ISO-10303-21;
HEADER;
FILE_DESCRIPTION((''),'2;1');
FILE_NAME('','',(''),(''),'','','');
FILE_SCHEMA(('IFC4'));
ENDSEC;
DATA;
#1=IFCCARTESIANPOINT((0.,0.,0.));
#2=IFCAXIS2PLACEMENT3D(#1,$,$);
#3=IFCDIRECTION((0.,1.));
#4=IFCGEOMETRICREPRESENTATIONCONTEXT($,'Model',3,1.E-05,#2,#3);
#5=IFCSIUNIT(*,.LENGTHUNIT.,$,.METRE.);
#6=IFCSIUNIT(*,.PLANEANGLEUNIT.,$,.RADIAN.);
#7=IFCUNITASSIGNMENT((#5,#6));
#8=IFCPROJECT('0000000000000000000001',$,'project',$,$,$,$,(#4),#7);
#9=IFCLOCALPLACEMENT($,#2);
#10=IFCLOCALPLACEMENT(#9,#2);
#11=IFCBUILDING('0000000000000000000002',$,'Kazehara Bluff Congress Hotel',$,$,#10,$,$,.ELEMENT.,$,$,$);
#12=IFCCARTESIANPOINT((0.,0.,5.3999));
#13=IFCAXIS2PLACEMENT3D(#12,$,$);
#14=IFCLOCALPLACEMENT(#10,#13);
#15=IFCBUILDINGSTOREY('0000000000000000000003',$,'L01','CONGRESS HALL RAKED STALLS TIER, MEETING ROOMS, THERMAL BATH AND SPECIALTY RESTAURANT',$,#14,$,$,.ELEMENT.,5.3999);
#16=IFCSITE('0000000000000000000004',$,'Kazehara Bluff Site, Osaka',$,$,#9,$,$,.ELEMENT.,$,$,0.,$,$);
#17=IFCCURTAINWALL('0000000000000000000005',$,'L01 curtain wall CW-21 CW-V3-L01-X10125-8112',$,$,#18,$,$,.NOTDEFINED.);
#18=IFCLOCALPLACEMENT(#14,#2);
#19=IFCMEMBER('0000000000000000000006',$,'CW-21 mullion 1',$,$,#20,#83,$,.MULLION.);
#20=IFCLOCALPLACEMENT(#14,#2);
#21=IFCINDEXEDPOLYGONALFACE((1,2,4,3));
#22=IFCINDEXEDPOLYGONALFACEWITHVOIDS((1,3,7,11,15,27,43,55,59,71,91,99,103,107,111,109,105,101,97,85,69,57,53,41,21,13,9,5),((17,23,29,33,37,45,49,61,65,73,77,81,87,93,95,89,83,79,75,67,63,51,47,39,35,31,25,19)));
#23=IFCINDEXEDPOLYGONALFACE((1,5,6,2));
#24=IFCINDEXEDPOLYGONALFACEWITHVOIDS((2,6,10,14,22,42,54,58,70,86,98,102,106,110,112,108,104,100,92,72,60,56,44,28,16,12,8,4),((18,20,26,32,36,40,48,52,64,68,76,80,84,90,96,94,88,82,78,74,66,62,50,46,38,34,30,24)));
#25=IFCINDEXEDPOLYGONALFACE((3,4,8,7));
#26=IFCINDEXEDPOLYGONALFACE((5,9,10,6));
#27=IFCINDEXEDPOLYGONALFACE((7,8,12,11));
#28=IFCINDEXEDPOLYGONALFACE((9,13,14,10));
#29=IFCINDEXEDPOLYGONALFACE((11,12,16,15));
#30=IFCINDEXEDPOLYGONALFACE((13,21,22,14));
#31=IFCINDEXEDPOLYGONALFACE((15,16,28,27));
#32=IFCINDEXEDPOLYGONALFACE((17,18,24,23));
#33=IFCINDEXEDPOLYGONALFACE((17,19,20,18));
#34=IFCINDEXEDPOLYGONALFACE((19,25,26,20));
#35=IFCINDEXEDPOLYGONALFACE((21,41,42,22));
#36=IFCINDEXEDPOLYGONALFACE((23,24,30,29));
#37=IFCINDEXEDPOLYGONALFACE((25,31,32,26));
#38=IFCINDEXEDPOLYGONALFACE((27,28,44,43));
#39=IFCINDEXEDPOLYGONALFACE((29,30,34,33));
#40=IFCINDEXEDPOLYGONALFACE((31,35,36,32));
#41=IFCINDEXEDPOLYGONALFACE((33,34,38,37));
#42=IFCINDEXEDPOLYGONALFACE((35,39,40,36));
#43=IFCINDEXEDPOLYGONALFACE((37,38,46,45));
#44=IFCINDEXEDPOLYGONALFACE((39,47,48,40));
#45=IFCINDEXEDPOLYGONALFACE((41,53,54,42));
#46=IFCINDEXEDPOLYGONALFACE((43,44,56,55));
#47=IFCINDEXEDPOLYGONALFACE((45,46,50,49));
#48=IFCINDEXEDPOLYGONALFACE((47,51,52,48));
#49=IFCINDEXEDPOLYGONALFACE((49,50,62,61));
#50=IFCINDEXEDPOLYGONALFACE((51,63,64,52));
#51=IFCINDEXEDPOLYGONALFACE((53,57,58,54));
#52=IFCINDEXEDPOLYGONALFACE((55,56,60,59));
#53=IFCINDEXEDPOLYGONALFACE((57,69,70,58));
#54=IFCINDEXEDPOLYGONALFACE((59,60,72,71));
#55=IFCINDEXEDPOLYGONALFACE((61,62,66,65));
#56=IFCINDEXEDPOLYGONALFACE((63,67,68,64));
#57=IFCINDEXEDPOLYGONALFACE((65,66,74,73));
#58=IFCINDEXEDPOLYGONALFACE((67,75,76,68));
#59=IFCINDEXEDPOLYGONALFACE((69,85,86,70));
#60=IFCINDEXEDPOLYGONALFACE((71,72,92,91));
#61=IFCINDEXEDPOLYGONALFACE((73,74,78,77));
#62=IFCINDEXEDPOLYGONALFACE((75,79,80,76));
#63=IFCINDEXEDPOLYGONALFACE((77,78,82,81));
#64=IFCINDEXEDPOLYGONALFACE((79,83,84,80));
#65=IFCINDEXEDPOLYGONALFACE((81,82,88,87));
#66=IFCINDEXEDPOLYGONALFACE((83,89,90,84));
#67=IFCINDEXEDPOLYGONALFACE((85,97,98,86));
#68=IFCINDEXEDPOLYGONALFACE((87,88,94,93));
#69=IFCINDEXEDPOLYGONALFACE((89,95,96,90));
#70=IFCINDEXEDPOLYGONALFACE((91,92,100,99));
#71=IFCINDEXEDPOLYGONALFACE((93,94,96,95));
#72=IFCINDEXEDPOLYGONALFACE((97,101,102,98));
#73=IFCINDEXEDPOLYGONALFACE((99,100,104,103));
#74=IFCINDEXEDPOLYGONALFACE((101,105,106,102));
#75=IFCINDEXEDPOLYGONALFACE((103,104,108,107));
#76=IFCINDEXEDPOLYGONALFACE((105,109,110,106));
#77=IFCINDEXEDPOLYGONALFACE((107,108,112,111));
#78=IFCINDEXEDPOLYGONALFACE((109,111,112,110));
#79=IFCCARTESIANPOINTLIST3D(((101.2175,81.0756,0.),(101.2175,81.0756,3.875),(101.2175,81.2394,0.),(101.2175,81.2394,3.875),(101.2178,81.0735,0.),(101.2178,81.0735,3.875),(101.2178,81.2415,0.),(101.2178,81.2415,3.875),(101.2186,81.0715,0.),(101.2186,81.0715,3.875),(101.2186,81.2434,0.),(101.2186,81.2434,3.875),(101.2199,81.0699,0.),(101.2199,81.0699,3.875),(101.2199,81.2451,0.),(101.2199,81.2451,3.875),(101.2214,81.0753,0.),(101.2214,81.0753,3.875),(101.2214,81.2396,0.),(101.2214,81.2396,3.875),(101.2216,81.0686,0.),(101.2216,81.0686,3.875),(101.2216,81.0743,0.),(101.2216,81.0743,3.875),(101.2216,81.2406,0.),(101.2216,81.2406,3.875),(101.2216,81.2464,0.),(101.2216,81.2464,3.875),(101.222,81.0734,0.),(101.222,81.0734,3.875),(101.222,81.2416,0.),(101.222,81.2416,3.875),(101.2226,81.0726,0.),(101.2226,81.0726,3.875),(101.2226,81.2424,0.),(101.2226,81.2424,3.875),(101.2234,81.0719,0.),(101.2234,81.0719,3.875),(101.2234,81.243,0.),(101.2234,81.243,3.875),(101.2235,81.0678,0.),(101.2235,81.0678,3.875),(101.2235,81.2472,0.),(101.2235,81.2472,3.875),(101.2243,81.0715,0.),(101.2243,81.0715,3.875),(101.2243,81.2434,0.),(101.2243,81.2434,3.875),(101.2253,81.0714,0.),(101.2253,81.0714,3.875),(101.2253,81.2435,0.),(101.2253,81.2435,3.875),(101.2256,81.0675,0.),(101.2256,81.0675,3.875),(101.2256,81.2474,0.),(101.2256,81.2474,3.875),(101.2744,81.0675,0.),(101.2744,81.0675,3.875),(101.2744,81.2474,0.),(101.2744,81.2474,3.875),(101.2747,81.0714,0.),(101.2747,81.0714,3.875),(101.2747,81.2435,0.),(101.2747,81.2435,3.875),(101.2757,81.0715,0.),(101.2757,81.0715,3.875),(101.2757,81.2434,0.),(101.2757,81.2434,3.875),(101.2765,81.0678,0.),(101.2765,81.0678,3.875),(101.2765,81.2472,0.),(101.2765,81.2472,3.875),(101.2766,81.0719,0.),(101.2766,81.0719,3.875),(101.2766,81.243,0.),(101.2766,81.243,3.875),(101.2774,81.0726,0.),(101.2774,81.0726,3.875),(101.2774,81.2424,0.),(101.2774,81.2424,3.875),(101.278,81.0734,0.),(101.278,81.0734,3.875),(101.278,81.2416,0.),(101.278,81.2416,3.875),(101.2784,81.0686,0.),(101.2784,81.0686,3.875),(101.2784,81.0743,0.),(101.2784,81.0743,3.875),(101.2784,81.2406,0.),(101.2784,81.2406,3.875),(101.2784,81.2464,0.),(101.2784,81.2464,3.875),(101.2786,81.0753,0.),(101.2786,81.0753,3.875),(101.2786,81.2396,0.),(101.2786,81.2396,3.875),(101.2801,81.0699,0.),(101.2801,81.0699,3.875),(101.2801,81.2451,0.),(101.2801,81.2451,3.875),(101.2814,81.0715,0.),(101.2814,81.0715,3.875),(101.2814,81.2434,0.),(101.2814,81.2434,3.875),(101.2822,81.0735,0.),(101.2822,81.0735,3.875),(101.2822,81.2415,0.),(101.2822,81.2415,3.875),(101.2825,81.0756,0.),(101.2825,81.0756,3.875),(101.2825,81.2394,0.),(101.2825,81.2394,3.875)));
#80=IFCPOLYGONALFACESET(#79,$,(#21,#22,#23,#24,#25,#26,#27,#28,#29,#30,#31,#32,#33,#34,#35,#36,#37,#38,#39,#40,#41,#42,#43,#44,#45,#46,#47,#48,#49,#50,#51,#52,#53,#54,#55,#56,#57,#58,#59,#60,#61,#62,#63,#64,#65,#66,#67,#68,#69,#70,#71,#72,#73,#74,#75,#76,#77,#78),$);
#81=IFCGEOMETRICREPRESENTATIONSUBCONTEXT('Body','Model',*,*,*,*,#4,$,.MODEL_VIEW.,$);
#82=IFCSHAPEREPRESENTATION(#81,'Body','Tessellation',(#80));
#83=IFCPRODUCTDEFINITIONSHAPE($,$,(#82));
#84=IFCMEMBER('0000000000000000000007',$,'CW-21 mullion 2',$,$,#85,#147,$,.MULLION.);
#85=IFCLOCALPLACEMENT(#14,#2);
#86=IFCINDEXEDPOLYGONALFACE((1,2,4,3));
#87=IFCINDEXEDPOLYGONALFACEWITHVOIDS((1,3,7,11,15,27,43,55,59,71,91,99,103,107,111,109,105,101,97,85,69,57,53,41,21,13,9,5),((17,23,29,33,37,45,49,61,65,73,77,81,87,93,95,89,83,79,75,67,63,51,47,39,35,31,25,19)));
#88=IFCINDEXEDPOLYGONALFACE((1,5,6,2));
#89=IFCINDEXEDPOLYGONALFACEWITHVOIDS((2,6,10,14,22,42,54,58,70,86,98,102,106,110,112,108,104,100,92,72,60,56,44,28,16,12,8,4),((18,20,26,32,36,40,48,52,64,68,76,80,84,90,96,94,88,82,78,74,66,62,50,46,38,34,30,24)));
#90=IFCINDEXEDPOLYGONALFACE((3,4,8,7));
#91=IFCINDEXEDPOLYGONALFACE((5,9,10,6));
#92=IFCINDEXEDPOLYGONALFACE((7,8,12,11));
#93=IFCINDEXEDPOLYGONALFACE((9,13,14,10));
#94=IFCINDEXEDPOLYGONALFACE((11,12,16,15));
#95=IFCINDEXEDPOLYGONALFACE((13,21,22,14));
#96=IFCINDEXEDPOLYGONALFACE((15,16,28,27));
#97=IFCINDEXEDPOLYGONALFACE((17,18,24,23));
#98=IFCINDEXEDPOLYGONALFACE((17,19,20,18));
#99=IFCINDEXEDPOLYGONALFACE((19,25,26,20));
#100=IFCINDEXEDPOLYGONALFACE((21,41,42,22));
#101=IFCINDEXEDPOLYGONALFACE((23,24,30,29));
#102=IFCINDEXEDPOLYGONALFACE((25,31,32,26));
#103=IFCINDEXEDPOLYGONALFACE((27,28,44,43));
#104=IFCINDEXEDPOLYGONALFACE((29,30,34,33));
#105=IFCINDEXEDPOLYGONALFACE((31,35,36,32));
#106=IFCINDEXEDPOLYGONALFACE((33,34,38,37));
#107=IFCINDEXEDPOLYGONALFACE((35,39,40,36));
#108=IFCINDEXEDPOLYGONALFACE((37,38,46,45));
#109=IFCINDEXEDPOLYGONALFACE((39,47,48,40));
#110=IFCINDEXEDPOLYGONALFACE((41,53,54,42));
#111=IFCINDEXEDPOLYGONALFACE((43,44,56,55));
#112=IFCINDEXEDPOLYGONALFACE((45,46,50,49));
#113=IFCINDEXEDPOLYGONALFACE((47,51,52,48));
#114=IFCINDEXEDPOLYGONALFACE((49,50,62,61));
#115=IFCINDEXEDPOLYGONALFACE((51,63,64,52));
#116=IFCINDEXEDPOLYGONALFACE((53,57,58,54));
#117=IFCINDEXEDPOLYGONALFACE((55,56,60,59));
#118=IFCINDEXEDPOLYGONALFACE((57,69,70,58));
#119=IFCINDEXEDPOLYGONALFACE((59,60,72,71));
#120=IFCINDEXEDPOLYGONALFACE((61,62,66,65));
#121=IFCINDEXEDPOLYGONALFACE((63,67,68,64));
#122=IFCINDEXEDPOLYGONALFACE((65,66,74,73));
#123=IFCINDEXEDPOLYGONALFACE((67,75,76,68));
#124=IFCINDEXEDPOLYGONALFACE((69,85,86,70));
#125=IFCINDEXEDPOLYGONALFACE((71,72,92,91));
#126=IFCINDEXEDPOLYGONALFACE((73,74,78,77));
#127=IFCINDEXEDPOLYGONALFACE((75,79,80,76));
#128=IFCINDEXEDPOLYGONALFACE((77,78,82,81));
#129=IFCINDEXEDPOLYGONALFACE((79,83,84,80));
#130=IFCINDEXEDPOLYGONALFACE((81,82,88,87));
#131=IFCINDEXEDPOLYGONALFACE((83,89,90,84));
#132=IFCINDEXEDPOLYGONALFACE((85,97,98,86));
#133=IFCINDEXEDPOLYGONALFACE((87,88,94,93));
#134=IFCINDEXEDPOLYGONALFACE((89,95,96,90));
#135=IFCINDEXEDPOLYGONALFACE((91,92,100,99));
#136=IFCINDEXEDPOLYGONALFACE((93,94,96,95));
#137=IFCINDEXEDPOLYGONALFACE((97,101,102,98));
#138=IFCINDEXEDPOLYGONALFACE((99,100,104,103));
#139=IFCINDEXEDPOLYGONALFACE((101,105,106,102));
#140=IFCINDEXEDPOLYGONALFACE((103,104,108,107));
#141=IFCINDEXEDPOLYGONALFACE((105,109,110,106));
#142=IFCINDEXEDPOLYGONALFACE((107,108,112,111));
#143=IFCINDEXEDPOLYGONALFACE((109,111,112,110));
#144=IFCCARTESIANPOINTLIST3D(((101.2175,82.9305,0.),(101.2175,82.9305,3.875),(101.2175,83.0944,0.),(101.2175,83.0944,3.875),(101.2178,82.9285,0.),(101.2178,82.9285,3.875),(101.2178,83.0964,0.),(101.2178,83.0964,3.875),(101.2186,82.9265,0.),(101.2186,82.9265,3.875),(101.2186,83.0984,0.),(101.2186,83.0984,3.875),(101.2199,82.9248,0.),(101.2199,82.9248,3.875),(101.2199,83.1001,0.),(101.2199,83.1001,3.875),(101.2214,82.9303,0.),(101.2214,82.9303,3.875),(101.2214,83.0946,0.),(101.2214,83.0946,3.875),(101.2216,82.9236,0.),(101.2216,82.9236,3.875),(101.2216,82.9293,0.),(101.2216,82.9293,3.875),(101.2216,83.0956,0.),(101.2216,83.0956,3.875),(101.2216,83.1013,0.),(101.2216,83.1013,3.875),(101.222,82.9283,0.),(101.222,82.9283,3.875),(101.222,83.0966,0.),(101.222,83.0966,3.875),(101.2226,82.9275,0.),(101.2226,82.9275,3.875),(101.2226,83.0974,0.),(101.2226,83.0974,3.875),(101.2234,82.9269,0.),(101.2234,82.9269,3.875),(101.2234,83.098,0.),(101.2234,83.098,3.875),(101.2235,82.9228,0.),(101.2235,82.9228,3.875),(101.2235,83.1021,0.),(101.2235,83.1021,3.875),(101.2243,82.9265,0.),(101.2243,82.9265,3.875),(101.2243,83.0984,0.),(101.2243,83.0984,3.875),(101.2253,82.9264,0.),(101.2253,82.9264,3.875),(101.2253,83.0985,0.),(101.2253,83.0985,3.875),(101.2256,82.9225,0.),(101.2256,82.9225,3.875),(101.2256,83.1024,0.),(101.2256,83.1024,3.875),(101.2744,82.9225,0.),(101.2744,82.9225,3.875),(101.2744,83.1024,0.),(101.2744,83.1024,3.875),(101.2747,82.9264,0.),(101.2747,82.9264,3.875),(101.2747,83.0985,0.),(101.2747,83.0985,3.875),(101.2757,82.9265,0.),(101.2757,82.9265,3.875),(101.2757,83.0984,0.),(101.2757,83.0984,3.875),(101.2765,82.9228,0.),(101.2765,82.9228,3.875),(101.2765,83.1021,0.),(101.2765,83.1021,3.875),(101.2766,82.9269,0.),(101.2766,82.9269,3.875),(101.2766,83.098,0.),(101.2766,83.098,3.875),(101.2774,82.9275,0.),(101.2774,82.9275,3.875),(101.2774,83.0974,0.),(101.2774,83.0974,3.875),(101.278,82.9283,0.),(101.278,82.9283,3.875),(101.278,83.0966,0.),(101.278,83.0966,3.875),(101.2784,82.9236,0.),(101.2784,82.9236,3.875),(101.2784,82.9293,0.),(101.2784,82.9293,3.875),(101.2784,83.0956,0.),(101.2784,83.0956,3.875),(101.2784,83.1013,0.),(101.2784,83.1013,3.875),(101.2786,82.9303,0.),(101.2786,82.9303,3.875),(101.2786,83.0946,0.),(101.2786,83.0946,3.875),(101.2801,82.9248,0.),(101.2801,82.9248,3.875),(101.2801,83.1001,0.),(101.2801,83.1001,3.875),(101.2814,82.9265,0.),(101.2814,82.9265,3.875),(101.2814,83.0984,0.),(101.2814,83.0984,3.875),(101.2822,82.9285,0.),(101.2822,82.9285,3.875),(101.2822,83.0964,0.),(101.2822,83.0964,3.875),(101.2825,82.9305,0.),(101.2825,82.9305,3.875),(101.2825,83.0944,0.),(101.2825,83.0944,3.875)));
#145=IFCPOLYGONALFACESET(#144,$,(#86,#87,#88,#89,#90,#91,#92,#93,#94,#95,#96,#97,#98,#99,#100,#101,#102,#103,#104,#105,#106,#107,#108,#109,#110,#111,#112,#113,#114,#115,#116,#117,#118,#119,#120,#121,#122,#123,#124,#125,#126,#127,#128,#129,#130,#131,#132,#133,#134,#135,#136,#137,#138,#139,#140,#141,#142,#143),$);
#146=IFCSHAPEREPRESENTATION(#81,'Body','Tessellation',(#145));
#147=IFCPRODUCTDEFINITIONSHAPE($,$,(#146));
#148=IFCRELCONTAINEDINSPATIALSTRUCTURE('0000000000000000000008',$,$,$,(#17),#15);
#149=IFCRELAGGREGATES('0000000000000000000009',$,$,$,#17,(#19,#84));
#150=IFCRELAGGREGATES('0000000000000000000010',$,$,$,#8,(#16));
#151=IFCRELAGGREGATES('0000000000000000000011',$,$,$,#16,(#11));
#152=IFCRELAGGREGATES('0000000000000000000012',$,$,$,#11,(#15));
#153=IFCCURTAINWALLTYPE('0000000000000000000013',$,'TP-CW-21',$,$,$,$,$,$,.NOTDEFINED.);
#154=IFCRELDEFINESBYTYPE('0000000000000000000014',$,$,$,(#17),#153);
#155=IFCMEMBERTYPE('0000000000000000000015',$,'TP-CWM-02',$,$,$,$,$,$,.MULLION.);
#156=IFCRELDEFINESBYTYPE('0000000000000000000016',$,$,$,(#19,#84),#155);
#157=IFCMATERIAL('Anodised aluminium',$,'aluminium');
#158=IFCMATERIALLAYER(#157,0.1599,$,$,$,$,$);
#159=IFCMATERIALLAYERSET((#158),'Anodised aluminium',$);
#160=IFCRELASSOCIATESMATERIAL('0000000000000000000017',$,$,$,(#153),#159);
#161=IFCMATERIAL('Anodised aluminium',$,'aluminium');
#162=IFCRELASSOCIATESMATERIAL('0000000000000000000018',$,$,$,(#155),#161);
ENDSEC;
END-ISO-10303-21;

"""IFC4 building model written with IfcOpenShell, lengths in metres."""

from ifc_helpers import new_model, si_unit, direction, frame, origin, origin_2d, place, context, subcontext, project, spatial, hollow_rectangle, extrude, material, layer, layer_set, material_profile, profile_set, type_object, element, aggregate, save


model = new_model("IFC4")

# Units and contexts
model_context = context("Model", 3, precision=1e-05, world=origin(), true_north=direction((0.0, 1.0)))
body_context = subcontext(model_context, "Body", "Model", "MODEL_VIEW")
ifc_project = project(units=[si_unit("LENGTHUNIT", "METRE"), si_unit("PLANEANGLEUNIT", "RADIAN")], contexts=[model_context])

# Site, building, storey
site_placement = place(None, origin())
site = spatial("IfcSite", under=ifc_project, at=site_placement, Name="Kazehara Bluff Site, Osaka", CompositionType="ELEMENT", RefElevation=0.0)
building_placement = place(site_placement, origin())
building = spatial("IfcBuilding", under=site, at=building_placement, Name="Kazehara Bluff Congress Hotel", CompositionType="ELEMENT")
storey_placement = place(building_placement, frame((0.0, 0.0, 5.3999)))
storey = spatial("IfcBuildingStorey", under=building, at=storey_placement, Name="L01", Description="CONGRESS HALL RAKED STALLS TIER, MEETING ROOMS, THERMAL BATH AND SPECIALTY RESTAURANT", CompositionType="ELEMENT", Elevation=5.3999)

# Curtain wall, members
ifc_material_1 = material(Name="Anodised aluminium", Category="aluminium")
ifc_layer_1 = layer(ifc_material_1, 0.1599)
ifc_layer_set_1 = layer_set([ifc_layer_1], Name="Anodised aluminium")
curtain_wall_type_1 = type_object("IfcCurtainWallType", Name="TP-CW-21", PredefinedType="NOTDEFINED", material=ifc_layer_set_1)
curtain_wall_1_placement = place(storey_placement, origin())
curtain_wall_1 = element("IfcCurtainWall", 1, at=curtain_wall_1_placement, inside=storey, type_object=curtain_wall_type_1, Name="L01 curtain wall CW-21 CW-V3-L01-X10125-8112", PredefinedType="NOTDEFINED")
ifc_material_2 = material(Name="Anodised aluminium", Category="aluminium")
ifc_material_profile_1 = material_profile(ifc_material_2, hollow_rectangle(XDim=0.0649, YDim=0.1799, WallThickness=0.0039, InnerFilletRadius=0.0039, OuterFilletRadius=0.0081, at=origin_2d()))
ifc_profile_set_1 = profile_set([ifc_material_profile_1], Name="Anodised aluminium")
member_type_1 = type_object("IfcMemberType", Name="TP-CWM-02", PredefinedType="MULLION", material=ifc_profile_set_1)
member_1_placement = place(storey_placement, frame((101.25, 81.1575, 0.0), z_axis=(0.0, 0.0, 1.0), x_axis=(-1.0, 0.0, 0.0)))
member_1 = element("IfcMember", 2, at=member_1_placement, type_object=member_type_1, Name="CW-21 mullion 1", PredefinedType="MULLION", context=body_context, shape_type="SweptSolid", body=[
    extrude(hollow_rectangle(XDim=0.0649, YDim=0.1799, WallThickness=0.0039, InnerFilletRadius=0.0039, OuterFilletRadius=0.0081, at=origin_2d()), origin(), (0.0, 0.0, 1.0), 3.875),
])
member_2_placement = place(storey_placement, frame((101.25, 83.0125, 0.0), z_axis=(0.0, 0.0, 1.0), x_axis=(-1.0, 0.0, 0.0)))
member_2 = element("IfcMember", 3, at=member_2_placement, type_object=member_type_1, Name="CW-21 mullion 2", PredefinedType="MULLION", context=body_context, shape_type="SweptSolid", body=[
    extrude(hollow_rectangle(XDim=0.0649, YDim=0.1799, WallThickness=0.0039, InnerFilletRadius=0.0039, OuterFilletRadius=0.0081, at=origin_2d()), origin(), (0.0, 0.0, 1.0), 3.875),
])

aggregate(curtain_wall_1, [member_1, member_2])

save(model, "model.ifc")
